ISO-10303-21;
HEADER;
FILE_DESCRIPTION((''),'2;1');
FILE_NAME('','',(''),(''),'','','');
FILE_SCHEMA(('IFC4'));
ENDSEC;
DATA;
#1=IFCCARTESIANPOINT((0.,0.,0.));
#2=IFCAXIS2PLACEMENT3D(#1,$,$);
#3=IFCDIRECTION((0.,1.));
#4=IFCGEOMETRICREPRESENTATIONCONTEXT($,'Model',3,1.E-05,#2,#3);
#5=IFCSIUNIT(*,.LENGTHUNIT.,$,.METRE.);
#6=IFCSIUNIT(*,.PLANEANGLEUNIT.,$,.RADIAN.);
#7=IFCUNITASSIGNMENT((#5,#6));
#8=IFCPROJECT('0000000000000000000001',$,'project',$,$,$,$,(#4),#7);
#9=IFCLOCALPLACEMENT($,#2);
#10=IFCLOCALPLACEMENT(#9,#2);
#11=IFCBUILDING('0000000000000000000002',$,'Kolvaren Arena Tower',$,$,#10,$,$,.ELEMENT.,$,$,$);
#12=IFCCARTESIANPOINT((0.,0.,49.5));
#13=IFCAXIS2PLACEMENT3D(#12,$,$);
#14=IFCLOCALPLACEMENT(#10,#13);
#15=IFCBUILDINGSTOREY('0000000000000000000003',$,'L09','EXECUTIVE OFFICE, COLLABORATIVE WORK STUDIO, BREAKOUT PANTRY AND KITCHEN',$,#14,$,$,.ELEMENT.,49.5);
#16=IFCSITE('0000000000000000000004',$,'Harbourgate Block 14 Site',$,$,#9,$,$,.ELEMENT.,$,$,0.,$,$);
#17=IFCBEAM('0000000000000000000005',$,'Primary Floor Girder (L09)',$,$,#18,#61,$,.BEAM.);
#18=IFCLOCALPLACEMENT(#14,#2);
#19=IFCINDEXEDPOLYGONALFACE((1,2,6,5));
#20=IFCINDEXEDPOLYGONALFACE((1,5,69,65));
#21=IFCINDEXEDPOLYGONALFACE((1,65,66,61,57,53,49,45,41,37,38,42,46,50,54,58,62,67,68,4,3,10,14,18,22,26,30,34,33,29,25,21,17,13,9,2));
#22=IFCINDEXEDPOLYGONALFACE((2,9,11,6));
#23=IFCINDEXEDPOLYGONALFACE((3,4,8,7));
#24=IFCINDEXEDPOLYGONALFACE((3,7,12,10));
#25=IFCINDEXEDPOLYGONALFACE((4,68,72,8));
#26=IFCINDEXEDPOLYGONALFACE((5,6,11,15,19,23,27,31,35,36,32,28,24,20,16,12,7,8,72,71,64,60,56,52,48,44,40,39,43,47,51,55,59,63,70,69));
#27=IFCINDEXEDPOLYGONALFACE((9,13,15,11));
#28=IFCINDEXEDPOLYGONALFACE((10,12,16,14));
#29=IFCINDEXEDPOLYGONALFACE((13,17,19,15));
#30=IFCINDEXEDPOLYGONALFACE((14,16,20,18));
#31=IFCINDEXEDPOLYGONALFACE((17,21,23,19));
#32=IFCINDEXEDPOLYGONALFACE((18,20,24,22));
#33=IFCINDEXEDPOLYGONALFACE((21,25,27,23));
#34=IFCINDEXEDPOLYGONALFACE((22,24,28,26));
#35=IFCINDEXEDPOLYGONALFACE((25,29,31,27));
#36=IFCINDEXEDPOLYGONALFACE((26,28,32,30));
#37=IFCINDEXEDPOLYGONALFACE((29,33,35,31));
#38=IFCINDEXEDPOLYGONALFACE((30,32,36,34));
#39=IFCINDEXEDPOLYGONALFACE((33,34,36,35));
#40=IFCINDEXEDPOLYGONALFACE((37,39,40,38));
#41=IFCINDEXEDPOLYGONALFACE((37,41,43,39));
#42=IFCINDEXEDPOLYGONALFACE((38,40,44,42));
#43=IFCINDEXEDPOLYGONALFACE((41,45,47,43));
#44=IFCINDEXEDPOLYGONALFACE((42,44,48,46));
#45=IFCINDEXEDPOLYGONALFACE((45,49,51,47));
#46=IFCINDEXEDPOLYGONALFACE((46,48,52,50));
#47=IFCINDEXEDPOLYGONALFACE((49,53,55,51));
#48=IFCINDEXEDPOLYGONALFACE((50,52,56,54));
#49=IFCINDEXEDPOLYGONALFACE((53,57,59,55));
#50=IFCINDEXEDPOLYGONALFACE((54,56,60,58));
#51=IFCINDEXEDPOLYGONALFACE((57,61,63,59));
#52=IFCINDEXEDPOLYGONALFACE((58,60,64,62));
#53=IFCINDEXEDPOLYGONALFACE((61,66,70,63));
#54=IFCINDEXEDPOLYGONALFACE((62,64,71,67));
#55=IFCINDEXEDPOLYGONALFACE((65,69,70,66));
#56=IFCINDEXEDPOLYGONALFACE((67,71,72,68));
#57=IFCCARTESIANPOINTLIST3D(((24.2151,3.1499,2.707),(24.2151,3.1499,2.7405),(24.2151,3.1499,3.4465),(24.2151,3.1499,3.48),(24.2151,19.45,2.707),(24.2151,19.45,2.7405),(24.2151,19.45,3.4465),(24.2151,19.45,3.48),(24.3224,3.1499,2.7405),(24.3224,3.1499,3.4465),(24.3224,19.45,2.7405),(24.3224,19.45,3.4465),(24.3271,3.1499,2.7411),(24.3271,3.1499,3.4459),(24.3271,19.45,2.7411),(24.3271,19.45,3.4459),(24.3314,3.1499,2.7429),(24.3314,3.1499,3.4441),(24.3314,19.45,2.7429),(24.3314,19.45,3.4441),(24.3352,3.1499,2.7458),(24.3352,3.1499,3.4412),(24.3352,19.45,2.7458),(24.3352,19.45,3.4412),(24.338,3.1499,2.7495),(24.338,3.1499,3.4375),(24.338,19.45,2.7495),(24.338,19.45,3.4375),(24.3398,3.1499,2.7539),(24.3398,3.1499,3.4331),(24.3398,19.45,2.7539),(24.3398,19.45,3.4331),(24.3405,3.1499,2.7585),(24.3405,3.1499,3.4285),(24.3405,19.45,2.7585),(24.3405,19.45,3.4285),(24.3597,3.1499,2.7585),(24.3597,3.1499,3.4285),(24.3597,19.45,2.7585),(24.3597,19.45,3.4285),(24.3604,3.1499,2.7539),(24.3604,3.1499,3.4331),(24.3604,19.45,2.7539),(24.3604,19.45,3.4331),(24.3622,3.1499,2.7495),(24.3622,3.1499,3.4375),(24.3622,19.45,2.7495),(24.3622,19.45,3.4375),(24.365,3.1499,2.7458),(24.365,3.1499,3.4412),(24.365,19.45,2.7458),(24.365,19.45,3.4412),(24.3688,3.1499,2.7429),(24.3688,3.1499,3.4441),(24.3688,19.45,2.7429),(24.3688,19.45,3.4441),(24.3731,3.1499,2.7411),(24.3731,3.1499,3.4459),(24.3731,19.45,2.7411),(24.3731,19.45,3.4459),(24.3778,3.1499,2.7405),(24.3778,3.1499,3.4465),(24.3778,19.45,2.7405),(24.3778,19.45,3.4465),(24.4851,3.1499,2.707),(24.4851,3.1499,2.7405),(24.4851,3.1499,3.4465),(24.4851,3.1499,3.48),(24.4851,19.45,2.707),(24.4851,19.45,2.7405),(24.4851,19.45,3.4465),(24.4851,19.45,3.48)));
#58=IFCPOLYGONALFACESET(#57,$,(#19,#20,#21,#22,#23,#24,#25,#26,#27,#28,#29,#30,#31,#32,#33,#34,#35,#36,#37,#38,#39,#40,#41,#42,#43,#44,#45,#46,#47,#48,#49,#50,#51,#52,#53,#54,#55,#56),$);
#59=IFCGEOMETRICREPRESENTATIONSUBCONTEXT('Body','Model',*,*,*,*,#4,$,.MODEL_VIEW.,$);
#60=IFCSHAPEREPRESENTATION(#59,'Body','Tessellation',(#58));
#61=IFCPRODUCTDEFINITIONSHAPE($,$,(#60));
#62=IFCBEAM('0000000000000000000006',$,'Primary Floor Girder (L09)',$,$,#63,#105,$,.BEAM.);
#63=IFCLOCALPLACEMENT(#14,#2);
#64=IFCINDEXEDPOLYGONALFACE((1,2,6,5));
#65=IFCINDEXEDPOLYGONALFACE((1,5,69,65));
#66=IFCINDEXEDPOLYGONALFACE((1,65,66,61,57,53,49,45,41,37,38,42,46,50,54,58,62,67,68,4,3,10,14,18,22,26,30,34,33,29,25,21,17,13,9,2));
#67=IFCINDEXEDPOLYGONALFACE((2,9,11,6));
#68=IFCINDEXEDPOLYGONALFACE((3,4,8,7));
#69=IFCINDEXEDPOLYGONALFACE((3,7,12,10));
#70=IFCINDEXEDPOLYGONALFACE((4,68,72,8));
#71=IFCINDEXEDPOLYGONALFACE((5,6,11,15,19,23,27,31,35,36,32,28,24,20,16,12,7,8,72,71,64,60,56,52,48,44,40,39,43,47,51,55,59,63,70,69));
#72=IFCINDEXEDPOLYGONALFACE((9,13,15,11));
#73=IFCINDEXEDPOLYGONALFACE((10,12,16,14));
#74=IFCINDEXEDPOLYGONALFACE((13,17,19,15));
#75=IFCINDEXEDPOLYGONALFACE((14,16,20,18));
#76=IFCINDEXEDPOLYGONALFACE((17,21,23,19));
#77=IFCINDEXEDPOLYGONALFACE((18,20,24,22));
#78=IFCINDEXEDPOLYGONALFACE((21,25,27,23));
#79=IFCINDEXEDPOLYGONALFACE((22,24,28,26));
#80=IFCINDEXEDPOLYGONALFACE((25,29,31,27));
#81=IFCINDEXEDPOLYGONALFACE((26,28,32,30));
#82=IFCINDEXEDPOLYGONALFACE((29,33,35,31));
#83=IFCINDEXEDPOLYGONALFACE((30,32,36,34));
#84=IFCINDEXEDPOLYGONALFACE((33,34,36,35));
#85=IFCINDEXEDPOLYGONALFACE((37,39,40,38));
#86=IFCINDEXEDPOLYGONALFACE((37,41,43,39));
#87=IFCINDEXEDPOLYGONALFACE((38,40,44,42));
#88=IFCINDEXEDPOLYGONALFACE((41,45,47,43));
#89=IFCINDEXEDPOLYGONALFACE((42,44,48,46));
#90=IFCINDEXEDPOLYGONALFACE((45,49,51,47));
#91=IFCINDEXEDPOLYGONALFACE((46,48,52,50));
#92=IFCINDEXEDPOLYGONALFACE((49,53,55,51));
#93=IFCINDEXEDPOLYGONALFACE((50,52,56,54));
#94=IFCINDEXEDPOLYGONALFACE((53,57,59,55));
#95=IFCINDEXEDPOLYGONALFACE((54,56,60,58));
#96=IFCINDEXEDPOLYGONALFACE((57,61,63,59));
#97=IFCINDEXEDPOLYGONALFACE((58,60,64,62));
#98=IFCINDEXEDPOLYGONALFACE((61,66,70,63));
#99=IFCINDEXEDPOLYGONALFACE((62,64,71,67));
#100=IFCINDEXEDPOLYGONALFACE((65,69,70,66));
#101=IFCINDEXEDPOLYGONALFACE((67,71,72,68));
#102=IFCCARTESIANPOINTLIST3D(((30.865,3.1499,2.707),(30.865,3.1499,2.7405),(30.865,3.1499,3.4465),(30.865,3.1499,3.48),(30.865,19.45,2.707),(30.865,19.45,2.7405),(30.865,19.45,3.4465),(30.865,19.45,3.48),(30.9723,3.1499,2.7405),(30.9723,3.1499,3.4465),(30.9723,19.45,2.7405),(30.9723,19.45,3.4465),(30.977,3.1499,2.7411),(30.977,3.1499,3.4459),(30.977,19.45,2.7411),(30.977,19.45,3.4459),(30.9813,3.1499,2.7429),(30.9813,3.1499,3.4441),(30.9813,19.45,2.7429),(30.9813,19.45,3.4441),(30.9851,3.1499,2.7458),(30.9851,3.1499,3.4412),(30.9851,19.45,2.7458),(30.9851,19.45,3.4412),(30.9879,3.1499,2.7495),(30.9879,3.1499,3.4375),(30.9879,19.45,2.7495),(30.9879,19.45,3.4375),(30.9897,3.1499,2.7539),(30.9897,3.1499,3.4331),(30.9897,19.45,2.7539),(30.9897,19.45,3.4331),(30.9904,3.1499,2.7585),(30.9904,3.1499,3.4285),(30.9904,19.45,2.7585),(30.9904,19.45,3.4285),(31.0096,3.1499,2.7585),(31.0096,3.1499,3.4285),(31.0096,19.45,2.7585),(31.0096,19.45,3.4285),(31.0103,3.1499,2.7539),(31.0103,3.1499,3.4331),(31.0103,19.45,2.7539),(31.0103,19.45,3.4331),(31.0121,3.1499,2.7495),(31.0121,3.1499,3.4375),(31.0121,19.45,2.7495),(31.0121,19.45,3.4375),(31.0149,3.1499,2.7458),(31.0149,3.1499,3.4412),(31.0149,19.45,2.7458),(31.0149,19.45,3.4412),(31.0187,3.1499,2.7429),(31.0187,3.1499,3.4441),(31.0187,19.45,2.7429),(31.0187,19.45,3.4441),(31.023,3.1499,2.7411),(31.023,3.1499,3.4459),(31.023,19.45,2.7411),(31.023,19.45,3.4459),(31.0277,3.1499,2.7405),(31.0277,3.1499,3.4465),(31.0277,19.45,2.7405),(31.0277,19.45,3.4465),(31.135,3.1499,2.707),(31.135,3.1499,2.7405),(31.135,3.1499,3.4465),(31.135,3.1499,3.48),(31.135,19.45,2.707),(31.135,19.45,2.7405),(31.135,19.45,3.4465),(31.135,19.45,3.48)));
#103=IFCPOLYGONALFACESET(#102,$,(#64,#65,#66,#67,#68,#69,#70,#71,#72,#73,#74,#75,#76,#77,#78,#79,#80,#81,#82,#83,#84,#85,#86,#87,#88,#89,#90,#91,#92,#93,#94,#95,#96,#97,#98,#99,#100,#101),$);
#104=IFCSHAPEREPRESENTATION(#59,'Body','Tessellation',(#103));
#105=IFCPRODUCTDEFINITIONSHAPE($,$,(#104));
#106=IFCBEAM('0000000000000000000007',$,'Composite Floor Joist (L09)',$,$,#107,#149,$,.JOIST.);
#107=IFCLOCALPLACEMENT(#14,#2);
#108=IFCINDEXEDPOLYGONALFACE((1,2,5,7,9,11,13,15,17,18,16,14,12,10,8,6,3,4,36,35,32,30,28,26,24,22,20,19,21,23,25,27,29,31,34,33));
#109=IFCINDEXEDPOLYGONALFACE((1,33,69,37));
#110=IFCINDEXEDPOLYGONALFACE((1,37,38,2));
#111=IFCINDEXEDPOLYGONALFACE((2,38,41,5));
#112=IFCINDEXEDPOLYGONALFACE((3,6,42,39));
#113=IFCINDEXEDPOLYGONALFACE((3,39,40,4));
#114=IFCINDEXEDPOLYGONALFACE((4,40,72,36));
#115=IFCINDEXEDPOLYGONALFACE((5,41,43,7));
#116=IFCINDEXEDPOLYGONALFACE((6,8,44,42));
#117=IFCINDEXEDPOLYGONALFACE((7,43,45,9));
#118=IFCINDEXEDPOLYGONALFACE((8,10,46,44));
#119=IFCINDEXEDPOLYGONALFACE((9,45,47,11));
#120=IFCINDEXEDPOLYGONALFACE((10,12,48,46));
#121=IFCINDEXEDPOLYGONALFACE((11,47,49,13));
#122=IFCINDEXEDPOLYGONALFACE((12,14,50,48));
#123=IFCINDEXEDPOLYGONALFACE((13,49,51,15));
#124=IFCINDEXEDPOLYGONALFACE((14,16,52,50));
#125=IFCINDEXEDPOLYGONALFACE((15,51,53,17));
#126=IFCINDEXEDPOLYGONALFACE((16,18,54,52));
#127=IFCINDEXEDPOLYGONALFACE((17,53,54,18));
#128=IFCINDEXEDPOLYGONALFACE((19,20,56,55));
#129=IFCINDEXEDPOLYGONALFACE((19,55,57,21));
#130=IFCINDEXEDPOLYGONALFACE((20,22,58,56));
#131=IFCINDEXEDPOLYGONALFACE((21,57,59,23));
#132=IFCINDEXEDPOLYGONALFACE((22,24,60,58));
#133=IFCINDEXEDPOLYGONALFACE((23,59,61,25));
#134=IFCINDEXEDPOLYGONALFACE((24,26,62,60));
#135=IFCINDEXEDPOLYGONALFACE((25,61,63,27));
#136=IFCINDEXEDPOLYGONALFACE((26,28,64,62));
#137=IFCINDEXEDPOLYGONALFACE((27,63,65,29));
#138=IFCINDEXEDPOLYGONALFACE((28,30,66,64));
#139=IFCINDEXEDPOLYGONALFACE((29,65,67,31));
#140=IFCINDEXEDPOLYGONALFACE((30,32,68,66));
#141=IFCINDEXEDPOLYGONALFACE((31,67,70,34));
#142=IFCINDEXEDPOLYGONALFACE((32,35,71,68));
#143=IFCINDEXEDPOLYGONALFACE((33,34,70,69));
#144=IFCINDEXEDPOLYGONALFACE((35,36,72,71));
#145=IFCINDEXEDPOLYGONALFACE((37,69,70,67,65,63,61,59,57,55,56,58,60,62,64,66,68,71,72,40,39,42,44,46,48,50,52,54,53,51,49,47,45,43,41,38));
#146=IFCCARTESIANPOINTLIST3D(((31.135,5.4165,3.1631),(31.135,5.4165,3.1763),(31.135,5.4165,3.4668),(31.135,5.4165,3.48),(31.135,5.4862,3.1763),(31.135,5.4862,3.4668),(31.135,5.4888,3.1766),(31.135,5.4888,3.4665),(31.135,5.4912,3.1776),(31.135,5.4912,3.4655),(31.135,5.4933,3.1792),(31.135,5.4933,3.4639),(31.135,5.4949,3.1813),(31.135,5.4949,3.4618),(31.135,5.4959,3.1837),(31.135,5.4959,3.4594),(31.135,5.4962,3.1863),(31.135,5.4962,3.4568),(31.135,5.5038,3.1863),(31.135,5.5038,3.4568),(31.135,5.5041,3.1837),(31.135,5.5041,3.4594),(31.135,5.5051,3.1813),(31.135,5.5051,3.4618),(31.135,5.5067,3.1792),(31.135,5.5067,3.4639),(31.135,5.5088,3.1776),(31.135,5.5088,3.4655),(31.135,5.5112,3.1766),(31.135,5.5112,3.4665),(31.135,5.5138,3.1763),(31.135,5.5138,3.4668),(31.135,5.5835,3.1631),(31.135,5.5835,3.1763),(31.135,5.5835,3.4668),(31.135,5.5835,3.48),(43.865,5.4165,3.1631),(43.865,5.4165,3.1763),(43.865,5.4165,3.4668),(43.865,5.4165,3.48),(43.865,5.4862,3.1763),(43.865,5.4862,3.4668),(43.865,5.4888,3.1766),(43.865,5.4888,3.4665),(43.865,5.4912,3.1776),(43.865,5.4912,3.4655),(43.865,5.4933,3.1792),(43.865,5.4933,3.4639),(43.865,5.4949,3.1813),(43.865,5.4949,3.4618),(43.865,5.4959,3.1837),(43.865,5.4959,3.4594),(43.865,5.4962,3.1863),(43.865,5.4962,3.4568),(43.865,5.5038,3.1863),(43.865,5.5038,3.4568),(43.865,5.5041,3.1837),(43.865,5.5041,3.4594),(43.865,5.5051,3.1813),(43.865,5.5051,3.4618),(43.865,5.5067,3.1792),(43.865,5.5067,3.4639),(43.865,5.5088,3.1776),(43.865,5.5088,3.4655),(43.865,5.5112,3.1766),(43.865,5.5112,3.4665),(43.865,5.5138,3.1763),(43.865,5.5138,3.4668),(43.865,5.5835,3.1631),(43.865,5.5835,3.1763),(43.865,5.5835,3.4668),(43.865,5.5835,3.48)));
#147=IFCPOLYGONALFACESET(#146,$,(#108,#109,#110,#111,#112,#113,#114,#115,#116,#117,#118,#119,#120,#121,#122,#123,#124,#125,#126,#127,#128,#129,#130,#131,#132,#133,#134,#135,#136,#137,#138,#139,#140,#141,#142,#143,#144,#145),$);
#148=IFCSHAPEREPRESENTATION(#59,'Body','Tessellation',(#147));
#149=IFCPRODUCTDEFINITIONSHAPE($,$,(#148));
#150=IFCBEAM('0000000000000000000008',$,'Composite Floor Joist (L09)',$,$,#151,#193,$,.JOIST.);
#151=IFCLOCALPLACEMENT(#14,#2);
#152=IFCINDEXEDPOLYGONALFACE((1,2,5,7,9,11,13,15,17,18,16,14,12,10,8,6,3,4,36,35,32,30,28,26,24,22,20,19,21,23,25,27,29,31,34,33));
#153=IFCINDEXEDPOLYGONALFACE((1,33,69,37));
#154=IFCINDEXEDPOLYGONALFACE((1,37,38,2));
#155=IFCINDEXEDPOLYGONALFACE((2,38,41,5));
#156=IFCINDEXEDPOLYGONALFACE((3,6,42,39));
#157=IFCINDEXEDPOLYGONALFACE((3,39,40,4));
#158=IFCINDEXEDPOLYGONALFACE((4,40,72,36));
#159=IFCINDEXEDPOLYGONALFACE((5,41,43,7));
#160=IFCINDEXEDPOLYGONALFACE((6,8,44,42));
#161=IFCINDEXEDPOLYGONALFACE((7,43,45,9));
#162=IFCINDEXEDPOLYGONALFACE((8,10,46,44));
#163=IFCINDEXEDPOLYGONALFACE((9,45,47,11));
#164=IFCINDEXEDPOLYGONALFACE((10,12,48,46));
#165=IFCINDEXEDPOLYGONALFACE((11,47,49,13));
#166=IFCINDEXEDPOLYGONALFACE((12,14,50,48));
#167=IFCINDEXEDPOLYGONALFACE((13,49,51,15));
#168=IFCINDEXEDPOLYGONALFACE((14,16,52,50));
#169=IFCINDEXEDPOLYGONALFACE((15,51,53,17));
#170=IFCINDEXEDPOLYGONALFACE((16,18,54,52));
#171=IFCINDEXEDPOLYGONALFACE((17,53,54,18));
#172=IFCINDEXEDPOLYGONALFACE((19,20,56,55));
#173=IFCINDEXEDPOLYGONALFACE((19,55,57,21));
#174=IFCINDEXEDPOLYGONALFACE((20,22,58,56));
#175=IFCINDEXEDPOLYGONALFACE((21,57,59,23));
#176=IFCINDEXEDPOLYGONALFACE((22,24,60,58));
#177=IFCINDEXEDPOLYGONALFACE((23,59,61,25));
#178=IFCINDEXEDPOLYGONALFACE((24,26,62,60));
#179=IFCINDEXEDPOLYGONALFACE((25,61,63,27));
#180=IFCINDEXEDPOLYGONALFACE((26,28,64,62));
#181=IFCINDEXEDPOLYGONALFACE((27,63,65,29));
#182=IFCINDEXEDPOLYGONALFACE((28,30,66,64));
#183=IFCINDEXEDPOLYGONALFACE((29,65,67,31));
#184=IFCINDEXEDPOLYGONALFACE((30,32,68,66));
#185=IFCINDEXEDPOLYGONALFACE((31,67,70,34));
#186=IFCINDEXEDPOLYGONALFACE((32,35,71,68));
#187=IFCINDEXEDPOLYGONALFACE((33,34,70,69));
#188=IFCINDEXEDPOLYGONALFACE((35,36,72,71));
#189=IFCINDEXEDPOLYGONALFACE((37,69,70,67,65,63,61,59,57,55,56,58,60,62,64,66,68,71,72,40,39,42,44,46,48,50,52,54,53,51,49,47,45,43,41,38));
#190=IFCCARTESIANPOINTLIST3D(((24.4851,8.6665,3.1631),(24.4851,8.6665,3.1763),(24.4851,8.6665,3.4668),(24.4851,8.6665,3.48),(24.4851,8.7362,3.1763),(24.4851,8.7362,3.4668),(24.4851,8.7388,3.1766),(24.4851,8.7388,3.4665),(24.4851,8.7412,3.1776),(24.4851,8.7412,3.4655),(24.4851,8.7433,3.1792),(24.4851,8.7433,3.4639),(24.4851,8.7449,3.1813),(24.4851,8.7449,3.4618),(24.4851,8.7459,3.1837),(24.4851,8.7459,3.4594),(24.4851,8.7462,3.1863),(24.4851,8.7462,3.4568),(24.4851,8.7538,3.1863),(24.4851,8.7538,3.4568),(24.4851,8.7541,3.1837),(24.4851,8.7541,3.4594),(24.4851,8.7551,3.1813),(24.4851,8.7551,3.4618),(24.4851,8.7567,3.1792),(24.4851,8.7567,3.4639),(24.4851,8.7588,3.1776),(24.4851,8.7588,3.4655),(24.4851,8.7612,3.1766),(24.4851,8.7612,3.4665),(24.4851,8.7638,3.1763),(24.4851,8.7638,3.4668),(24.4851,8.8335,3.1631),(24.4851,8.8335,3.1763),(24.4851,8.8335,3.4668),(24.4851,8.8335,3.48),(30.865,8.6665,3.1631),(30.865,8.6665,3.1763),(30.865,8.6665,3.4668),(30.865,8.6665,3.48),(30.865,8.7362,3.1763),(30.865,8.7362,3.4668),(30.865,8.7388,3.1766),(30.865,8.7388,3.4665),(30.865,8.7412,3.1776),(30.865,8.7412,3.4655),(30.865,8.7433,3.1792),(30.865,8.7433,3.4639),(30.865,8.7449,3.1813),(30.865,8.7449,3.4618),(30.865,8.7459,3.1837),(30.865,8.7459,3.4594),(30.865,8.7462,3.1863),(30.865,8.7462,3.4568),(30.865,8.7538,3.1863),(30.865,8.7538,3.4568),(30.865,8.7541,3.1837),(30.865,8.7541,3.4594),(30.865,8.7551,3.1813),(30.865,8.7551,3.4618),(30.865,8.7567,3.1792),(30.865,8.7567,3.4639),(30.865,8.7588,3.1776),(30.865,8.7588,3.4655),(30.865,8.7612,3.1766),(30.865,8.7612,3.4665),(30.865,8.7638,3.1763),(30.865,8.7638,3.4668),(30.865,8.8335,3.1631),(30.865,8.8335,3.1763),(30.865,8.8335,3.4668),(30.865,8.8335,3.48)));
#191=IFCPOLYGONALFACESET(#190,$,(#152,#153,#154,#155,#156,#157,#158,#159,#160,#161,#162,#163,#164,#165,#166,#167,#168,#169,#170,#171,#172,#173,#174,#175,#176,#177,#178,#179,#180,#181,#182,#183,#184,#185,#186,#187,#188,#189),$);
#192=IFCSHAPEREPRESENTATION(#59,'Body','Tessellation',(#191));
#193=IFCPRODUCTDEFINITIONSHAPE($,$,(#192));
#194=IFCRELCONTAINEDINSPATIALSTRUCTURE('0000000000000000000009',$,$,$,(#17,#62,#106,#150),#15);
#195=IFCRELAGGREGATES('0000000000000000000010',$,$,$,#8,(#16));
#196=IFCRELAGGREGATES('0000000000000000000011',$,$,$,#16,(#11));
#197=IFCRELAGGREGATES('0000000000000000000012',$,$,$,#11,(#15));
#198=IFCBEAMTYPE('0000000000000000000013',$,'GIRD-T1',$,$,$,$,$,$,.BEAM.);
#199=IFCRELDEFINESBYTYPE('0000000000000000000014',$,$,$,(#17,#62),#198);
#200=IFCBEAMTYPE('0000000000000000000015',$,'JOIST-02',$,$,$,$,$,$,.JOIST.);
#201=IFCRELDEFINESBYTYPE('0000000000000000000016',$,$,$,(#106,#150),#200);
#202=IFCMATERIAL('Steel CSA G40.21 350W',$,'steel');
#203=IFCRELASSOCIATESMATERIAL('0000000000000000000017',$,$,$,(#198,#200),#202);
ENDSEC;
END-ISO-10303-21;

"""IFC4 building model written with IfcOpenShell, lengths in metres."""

from ifc_helpers import new_model, si_unit, direction, frame, origin, origin_2d, place, context, subcontext, project, spatial, i_section, extrude, material, material_profile, profile_set, type_object, element, save


model = new_model("IFC4")

# Units and contexts
model_context = context("Model", 3, precision=1e-05, world=origin(), true_north=direction((0.0, 1.0)))
body_context = subcontext(model_context, "Body", "Model", "MODEL_VIEW")
ifc_project = project(units=[si_unit("LENGTHUNIT", "METRE"), si_unit("PLANEANGLEUNIT", "RADIAN")], contexts=[model_context])

# Site, building, storey
site_placement = place(None, origin())
site = spatial("IfcSite", under=ifc_project, at=site_placement, Name="Harbourgate Block 14 Site", CompositionType="ELEMENT", RefElevation=0.0)
building_placement = place(site_placement, origin())
building = spatial("IfcBuilding", under=site, at=building_placement, Name="Kolvaren Arena Tower", CompositionType="ELEMENT")
storey_placement = place(building_placement, frame((0.0, 0.0, 49.5)))
storey = spatial("IfcBuildingStorey", under=building, at=storey_placement, Name="L09", Description="EXECUTIVE OFFICE, COLLABORATIVE WORK STUDIO, BREAKOUT PANTRY AND KITCHEN", CompositionType="ELEMENT", Elevation=49.5)

# Beams
ifc_material_1 = material(Name="Steel CSA G40.21 350W", Category="steel")
ifc_material_profile_1 = material_profile(ifc_material_1, i_section(OverallWidth=0.27, OverallDepth=0.7729, WebThickness=0.0193, FlangeThickness=0.0334, FilletRadius=0.0181, at=origin_2d()), Name="W760x257")
ifc_profile_set_1 = profile_set([ifc_material_profile_1], Name="Steel CSA G40.21 350W")
beam_type_1 = type_object("IfcBeamType", Name="GIRD-T1", PredefinedType="BEAM", material=ifc_profile_set_1)
for number, where, z_axis, x_axis, name in (
    (1, (24.3501, 3.1499, 3.0935), (0.0, 1.0, 0.0), (-1.0, 0.0, 0.0), "Primary Floor Girder (L09)"),
    (2, (31.0, 3.1499, 3.0935), (0.0, 1.0, 0.0), (-1.0, 0.0, 0.0), "Primary Floor Girder (L09)"),
):
    element("IfcBeam", number, at=place(storey_placement, frame(where, z_axis=z_axis, x_axis=x_axis)), inside=storey, type_object=beam_type_1, Name=name, PredefinedType="BEAM", context=body_context, shape_type="SweptSolid", body=[
        extrude(i_section(OverallWidth=0.27, OverallDepth=0.7729, WebThickness=0.0193, FlangeThickness=0.0334, FilletRadius=0.0181, at=origin_2d()), origin(), (0.0, 0.0, 1.0), 16.3),
    ])
ifc_material_profile_2 = material_profile(ifc_material_1, i_section(OverallWidth=0.167, OverallDepth=0.3169, WebThickness=0.0076, FlangeThickness=0.0132, FilletRadius=0.01, at=origin_2d()), Name="W310x52")
ifc_profile_set_2 = profile_set([ifc_material_profile_2], Name="Steel CSA G40.21 350W")
beam_type_2 = type_object("IfcBeamType", Name="JOIST-02", PredefinedType="JOIST", material=ifc_profile_set_2)
beam_1_placement = place(storey_placement, frame((31.135, 5.5, 3.3215), z_axis=(1.0, 0.0, 0.0), x_axis=(0.0, 1.0, 0.0)))
element("IfcBeam", 3, at=beam_1_placement, inside=storey, type_object=beam_type_2, Name="Composite Floor Joist (L09)", PredefinedType="JOIST", context=body_context, shape_type="SweptSolid", body=[
    extrude(i_section(OverallWidth=0.167, OverallDepth=0.3169, WebThickness=0.0076, FlangeThickness=0.0132, FilletRadius=0.01, at=origin_2d()), origin(), (0.0, 0.0, 1.0), 12.73),
])
beam_2_placement = place(storey_placement, frame((24.4851, 8.75, 3.3215), z_axis=(1.0, 0.0, 0.0), x_axis=(0.0, 1.0, 0.0)))
element("IfcBeam", 4, at=beam_2_placement, inside=storey, type_object=beam_type_2, Name="Composite Floor Joist (L09)", PredefinedType="JOIST", context=body_context, shape_type="SweptSolid", body=[
    extrude(i_section(OverallWidth=0.167, OverallDepth=0.3169, WebThickness=0.0076, FlangeThickness=0.0132, FilletRadius=0.01, at=origin_2d()), origin(), (0.0, 0.0, 1.0), 6.3799),
])

save(model, "model.ifc")
